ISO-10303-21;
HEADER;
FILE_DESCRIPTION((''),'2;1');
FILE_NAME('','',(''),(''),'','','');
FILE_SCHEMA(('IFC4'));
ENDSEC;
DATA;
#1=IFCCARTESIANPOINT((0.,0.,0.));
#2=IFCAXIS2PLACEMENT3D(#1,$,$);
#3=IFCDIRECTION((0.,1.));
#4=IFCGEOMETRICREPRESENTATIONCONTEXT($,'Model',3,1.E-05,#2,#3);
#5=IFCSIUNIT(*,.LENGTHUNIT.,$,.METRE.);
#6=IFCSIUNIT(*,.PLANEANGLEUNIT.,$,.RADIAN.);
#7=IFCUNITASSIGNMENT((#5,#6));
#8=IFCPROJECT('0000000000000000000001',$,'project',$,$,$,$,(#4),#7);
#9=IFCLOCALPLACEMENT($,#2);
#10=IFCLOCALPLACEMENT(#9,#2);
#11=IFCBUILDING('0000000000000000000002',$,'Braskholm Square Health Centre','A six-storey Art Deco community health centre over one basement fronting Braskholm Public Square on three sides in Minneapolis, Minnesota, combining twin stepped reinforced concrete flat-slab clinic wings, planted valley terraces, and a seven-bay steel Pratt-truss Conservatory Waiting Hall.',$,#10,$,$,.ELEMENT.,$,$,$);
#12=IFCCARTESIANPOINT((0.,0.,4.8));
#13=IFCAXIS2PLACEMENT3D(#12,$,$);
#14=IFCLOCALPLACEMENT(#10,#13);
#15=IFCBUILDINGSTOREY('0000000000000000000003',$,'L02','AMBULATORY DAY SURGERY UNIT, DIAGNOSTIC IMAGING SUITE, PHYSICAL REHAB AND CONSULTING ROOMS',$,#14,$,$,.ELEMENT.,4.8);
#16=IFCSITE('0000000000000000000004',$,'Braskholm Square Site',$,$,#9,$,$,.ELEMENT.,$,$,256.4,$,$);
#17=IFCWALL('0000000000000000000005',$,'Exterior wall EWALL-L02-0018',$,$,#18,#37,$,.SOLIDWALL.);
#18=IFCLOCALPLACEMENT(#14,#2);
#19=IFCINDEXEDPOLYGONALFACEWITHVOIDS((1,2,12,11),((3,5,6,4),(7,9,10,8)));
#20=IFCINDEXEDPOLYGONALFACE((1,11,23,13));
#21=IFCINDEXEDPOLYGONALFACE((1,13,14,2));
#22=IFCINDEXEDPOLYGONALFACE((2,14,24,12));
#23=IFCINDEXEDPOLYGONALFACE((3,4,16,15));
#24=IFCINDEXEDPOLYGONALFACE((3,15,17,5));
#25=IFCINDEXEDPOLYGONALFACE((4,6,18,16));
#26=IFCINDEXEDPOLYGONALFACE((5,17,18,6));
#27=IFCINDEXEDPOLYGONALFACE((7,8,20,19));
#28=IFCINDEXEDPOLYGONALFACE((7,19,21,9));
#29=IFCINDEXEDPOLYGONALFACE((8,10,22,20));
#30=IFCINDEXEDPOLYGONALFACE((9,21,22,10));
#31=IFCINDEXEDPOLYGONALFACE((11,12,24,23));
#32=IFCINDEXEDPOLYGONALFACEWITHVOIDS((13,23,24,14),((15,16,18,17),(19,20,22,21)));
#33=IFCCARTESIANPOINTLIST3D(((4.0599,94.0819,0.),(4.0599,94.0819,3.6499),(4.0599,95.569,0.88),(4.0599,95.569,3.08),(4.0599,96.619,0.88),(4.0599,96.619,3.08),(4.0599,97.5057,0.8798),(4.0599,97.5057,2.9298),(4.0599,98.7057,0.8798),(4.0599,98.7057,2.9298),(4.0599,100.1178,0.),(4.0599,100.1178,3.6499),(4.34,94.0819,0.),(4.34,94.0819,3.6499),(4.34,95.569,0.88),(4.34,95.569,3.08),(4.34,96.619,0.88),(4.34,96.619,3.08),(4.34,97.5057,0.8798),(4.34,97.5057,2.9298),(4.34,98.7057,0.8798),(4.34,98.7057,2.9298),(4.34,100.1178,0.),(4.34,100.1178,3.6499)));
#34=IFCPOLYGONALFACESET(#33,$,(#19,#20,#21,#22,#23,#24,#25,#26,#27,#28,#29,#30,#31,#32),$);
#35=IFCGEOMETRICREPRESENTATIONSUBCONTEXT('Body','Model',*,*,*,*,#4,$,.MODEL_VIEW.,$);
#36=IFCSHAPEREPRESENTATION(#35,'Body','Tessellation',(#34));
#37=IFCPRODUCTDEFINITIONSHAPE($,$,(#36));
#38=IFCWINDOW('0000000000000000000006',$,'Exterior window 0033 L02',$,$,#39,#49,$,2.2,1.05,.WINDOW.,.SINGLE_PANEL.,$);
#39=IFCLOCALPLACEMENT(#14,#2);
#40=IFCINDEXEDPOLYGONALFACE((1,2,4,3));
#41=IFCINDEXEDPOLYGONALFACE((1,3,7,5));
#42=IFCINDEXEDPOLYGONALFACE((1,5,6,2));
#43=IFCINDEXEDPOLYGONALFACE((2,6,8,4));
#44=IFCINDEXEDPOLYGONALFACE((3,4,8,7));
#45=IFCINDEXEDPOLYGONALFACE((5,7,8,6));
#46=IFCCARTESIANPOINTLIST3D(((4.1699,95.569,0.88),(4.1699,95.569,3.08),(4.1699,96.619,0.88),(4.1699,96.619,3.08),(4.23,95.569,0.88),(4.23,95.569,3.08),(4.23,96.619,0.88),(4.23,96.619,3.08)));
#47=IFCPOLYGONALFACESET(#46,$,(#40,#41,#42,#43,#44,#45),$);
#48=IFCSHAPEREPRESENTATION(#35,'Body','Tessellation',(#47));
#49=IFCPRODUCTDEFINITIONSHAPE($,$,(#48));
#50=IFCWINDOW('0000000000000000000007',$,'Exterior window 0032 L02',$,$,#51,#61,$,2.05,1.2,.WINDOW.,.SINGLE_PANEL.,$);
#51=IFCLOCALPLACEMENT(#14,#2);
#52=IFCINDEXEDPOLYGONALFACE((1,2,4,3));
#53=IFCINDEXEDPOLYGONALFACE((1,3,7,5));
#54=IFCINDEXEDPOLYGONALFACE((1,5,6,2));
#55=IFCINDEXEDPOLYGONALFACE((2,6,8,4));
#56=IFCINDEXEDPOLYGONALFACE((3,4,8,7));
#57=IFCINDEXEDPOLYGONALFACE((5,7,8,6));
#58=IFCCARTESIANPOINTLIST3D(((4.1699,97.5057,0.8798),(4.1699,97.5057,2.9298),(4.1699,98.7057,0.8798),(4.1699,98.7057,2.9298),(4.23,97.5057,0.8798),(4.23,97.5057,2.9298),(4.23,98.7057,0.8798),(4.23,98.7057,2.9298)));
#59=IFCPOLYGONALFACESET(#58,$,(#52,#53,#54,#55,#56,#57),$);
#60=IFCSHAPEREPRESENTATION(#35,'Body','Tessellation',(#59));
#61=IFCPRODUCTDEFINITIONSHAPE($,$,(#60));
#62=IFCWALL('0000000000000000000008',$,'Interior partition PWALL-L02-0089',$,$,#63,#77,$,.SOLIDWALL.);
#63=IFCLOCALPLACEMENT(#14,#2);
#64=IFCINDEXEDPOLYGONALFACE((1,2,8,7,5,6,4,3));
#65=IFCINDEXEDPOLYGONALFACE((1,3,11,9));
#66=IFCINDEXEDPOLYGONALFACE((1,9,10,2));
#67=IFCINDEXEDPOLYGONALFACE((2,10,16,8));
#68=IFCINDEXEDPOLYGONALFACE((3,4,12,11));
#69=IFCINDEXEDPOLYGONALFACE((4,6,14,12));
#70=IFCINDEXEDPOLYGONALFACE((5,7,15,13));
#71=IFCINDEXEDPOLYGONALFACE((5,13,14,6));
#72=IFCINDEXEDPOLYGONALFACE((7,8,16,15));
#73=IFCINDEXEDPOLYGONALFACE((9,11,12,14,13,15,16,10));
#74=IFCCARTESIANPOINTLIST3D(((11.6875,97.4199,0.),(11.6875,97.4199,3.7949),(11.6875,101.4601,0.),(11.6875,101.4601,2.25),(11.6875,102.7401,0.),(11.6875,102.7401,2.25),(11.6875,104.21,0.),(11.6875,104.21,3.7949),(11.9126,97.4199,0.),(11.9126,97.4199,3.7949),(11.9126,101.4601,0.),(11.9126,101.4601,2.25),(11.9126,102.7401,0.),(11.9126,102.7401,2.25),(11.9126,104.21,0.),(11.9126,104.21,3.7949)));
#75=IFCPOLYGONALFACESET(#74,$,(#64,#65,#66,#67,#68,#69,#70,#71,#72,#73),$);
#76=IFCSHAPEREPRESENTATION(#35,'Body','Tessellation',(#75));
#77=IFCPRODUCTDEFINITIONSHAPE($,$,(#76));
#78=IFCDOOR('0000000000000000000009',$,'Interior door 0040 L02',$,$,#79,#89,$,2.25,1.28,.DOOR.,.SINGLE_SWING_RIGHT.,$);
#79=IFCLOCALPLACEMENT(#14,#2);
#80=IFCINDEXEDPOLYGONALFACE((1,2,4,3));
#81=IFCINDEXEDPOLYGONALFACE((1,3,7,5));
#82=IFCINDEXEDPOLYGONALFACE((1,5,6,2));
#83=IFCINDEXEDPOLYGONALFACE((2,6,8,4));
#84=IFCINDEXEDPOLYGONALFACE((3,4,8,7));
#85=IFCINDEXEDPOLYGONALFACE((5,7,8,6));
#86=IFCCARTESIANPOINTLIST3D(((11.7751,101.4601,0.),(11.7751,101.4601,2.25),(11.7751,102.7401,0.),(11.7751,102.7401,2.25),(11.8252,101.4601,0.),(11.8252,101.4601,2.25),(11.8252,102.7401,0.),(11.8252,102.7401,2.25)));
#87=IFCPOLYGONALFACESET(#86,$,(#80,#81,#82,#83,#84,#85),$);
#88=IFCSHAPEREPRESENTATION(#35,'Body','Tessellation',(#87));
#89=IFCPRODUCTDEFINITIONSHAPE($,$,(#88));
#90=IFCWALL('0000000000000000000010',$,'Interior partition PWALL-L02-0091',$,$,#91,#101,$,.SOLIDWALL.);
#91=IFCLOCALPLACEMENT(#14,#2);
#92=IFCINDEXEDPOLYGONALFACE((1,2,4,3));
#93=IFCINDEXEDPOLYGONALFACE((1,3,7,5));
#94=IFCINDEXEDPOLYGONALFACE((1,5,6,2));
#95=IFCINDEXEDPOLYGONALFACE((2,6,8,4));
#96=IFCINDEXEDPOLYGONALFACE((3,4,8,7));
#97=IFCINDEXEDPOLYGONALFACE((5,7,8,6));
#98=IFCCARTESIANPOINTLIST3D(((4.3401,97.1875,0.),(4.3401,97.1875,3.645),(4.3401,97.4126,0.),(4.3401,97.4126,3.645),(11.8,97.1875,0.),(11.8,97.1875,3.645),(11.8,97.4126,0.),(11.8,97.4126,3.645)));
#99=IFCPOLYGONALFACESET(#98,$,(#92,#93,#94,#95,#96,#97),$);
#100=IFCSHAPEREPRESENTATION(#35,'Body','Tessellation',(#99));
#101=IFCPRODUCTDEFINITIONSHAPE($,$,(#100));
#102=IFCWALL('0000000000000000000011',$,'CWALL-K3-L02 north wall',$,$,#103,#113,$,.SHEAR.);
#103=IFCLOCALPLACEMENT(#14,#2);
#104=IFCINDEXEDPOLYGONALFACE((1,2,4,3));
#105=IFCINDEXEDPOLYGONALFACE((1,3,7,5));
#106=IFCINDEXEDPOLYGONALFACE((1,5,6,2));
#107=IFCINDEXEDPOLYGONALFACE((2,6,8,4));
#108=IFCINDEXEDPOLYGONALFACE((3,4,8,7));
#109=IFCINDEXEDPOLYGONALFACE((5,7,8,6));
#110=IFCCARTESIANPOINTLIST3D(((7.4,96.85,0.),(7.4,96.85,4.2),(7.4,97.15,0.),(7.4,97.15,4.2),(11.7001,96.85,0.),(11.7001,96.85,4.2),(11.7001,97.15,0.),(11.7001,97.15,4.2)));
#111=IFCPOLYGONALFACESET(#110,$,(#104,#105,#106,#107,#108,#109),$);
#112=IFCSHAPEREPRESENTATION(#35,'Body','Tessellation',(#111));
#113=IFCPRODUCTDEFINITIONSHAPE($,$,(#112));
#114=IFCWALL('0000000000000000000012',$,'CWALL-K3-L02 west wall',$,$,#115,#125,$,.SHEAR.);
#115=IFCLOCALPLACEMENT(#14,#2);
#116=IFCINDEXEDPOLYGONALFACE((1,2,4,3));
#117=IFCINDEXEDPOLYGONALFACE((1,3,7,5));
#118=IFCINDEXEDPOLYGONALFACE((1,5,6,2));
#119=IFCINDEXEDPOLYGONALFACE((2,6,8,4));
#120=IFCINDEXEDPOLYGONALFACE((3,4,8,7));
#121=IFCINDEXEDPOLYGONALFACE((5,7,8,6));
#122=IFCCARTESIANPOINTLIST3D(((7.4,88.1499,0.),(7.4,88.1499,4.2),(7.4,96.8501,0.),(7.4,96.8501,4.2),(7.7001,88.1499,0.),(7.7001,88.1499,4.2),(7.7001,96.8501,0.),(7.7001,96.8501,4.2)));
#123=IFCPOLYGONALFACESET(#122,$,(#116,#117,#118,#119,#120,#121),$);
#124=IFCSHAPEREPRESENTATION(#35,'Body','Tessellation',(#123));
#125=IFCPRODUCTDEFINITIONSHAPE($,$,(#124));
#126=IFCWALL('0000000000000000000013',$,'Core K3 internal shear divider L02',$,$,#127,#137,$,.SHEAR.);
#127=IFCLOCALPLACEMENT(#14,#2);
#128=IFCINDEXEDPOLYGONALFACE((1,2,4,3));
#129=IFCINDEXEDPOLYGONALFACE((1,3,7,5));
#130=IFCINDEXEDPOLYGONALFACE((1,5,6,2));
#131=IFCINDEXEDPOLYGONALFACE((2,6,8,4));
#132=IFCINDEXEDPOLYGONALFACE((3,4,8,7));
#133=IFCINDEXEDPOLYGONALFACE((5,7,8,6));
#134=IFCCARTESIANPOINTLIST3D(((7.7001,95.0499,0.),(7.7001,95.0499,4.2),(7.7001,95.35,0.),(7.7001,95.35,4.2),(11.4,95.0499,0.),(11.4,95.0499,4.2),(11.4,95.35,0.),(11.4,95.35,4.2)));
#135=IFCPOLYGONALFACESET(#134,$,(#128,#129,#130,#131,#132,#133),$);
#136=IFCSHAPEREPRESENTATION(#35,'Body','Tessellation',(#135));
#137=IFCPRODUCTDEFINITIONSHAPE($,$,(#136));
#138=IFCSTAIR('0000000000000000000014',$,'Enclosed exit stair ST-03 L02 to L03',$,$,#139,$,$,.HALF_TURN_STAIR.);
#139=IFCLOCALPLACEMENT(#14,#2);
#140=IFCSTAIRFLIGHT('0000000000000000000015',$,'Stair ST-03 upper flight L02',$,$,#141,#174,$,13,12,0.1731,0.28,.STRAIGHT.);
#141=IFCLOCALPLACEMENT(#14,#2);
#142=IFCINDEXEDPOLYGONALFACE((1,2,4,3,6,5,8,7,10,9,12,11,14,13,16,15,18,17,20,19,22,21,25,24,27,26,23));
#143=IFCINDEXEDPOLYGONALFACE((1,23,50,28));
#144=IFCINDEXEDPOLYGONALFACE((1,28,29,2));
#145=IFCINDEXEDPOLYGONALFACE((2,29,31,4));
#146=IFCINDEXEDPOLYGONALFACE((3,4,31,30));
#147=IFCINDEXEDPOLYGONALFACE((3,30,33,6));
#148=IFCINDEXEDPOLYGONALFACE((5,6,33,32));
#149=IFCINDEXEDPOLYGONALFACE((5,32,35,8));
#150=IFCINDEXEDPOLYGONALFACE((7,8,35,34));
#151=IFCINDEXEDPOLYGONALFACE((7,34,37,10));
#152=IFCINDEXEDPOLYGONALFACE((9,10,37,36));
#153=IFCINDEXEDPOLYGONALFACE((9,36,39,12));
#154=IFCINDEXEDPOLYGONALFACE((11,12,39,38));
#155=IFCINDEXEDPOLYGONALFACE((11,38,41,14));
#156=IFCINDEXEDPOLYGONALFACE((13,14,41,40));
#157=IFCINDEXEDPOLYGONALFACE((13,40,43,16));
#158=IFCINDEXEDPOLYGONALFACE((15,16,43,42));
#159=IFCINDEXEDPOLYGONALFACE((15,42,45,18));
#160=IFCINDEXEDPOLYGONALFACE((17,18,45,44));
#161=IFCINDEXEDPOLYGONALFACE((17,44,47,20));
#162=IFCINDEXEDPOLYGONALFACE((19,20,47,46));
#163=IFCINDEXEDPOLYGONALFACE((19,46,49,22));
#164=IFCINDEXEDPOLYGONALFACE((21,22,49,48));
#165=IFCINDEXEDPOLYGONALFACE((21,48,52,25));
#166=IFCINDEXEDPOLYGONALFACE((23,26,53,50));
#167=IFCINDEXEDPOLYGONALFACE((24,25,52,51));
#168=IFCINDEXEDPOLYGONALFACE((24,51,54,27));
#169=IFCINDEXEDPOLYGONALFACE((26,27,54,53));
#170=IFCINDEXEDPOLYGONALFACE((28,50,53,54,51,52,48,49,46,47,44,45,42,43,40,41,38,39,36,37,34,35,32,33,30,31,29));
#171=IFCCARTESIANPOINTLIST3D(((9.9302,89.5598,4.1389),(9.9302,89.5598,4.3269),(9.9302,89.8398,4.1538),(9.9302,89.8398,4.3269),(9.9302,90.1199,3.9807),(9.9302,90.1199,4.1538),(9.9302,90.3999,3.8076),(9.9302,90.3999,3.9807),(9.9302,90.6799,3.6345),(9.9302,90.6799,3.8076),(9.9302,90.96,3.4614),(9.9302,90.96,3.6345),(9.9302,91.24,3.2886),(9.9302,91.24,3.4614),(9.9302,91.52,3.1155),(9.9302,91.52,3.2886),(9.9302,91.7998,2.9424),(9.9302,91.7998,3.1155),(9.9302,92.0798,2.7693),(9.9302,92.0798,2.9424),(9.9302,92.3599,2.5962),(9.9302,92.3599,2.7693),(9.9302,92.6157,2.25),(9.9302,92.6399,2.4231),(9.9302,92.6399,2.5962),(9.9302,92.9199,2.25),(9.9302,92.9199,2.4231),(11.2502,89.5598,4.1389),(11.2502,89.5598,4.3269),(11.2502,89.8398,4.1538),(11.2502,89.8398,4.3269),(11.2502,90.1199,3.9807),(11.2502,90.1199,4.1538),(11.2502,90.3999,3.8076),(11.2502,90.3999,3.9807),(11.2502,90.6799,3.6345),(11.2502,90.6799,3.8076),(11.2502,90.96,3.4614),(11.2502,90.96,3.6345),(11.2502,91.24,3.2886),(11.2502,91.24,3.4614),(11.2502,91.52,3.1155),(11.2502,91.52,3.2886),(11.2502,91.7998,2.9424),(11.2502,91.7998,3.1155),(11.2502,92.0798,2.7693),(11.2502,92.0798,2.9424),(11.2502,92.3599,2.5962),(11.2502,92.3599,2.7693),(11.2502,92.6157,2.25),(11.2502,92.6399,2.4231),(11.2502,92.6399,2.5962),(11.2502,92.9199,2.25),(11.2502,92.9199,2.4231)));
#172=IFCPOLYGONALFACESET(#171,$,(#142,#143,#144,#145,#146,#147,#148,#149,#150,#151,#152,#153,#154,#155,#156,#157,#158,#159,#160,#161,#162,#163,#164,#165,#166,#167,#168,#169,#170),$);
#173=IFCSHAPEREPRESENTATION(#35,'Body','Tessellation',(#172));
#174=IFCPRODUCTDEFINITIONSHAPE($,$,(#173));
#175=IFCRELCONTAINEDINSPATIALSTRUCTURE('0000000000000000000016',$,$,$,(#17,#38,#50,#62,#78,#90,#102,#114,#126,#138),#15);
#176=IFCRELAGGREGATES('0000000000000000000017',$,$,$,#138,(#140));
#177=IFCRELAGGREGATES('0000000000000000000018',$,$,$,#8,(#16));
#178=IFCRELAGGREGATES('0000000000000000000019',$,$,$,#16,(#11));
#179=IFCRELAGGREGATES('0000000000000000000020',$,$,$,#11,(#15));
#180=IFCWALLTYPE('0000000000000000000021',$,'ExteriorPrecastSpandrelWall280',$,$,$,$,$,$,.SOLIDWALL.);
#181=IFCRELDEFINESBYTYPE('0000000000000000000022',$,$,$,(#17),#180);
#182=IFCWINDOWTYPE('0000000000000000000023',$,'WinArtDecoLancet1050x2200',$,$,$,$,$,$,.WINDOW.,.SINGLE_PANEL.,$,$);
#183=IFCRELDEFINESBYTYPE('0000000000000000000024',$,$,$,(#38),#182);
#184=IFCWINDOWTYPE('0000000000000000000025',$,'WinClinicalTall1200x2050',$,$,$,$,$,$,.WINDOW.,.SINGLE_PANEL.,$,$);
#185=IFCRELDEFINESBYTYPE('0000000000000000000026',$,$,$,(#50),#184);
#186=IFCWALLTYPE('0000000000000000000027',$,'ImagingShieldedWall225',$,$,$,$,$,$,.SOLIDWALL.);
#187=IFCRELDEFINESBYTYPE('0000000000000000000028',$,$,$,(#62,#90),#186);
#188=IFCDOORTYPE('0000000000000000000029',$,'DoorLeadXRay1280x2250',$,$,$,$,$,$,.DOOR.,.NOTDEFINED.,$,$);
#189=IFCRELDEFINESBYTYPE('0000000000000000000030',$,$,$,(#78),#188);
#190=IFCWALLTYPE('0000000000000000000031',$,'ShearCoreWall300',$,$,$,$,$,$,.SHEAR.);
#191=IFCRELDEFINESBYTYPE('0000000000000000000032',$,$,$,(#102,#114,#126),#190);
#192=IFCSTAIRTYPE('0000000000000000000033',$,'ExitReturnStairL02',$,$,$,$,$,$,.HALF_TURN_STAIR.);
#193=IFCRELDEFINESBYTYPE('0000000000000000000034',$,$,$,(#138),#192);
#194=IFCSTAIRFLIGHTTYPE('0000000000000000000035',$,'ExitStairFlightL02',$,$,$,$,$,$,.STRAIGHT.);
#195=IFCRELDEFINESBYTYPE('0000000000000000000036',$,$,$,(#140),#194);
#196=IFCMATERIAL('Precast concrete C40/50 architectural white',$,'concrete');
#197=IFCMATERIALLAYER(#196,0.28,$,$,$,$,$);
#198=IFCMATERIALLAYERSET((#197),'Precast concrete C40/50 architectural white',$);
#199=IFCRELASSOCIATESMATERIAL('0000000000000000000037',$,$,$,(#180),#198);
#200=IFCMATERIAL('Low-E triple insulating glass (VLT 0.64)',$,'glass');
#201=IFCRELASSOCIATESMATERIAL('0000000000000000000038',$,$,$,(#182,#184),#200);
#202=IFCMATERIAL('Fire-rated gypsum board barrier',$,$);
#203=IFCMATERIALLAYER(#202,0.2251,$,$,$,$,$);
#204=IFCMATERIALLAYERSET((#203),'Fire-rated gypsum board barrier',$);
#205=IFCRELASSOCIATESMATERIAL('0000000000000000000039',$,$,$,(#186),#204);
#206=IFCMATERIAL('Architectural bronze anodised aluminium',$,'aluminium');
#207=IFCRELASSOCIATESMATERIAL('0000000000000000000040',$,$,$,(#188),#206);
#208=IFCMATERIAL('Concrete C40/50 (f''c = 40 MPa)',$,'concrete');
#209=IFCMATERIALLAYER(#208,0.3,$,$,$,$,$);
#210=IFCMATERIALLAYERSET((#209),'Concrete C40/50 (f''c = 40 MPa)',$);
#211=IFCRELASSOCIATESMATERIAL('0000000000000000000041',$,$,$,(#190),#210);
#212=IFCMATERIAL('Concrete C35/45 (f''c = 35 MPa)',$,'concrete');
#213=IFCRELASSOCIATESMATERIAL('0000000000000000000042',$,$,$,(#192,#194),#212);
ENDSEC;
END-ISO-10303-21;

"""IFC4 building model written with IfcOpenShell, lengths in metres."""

from ifc_helpers import new_model, si_unit, direction, frame, frame_2d, origin, origin_with_axes, place, context, subcontext, project, spatial, polyline, rectangle, outline, extrude, material, layer, layer_set, type_object, element, fill, aggregate, save


model = new_model("IFC4")

# Units and contexts
model_context = context("Model", 3, precision=1e-05, world=origin(), true_north=direction((0.0, 1.0)))
body_context = subcontext(model_context, "Body", "Model", "MODEL_VIEW")
ifc_project = project(units=[si_unit("LENGTHUNIT", "METRE"), si_unit("PLANEANGLEUNIT", "RADIAN")], contexts=[model_context])

# Site, building, storey
site_placement = place(None, origin())
site = spatial("IfcSite", under=ifc_project, at=site_placement, Name="Braskholm Square Site", CompositionType="ELEMENT", RefElevation=256.4)
building_placement = place(site_placement, origin())
building = spatial("IfcBuilding", under=site, at=building_placement, Name="Braskholm Square Health Centre", Description="A six-storey Art Deco community health centre over one basement fronting Braskholm Public Square on three sides in Minneapolis, Minnesota, combining twin stepped reinforced concrete flat-slab clinic wings, planted valley terraces, and a seven-bay steel Pratt-truss Conservatory Waiting Hall.", CompositionType="ELEMENT")
storey_placement = place(building_placement, frame((0.0, 0.0, 4.8)))
storey = spatial("IfcBuildingStorey", under=building, at=storey_placement, Name="L02", Description="AMBULATORY DAY SURGERY UNIT, DIAGNOSTIC IMAGING SUITE, PHYSICAL REHAB AND CONSULTING ROOMS", CompositionType="ELEMENT", Elevation=4.8)

# Shared definitions
ifc_material_1 = material(Name="Precast concrete C40/50 architectural white", Category="concrete")

# Shared definitions
ifc_material_2 = material(Name="Low-E triple insulating glass (VLT 0.64)", Category="glass")
ifc_material_3 = material(Name="Architectural bronze anodised aluminium", Category="aluminium")

# Shared definitions
ifc_material_4 = material(Name="Concrete C35/45 (f'c = 35 MPa)", Category="concrete")
ifc_material_5 = material(Name="Concrete C40/50 (f'c = 40 MPa)", Category="concrete")

# Wall, openings, windows
ifc_layer_1 = layer(ifc_material_1, 0.28)
ifc_layer_set_1 = layer_set([ifc_layer_1], Name="Precast concrete C40/50 architectural white")
wall_type_1 = type_object("IfcWallType", Name="ExteriorPrecastSpandrelWall280", PredefinedType="SOLIDWALL", material=ifc_layer_set_1)
wall_1_placement = place(storey_placement, frame((4.2, 100.1179, 0.0), z_axis=(0.0, 0.0, 1.0), x_axis=(0.0, -1.0, 0.0)))
wall_1 = element("IfcWall", 1, at=wall_1_placement, inside=storey, type_object=wall_type_1, Name="Exterior wall EWALL-L02-0018", PredefinedType="SOLIDWALL", context=body_context, shape_type="SweptSolid", body=[
    extrude(rectangle(XDim=6.0359, YDim=0.28, at=frame_2d((3.0181, 0.0))), origin(), (0.0, 0.0, 1.0), 3.6499),
])
opening_1_placement = place(wall_1_placement, frame((1.4121, 0.0, 0.8799)))
opening_1 = element("IfcOpeningElement", 2, at=opening_1_placement, cuts=wall_1, PredefinedType="OPENING", context=body_context, shape_type="SweptSolid", body=[
    extrude(rectangle(XDim=1.2, YDim=2.05, at=frame_2d((0.6001, 1.0249))), frame((0.0, 0.1499, 0.0), z_axis=(0.0, -1.0, 0.0), x_axis=(1.0, 0.0, 0.0)), (0.0, 0.0, 1.0), 0.3),
])
opening_2_placement = place(wall_1_placement, frame((3.499, 0.0, 0.8799)))
opening_2 = element("IfcOpeningElement", 3, at=opening_2_placement, cuts=wall_1, PredefinedType="OPENING", context=body_context, shape_type="SweptSolid", body=[
    extrude(rectangle(XDim=1.05, YDim=2.2, at=frame_2d((0.5249, 1.1001))), frame((0.0, 0.1499, 0.0), z_axis=(0.0, -1.0, 0.0), x_axis=(1.0, 0.0, 0.0)), (0.0, 0.0, 1.0), 0.3),
])
window_type_1 = type_object("IfcWindowType", Name="WinArtDecoLancet1050x2200", PartitioningType="SINGLE_PANEL", PredefinedType="WINDOW", material=ifc_material_2)
window_1_placement = place(opening_2_placement, origin_with_axes())
window_1 = element("IfcWindow", 4, at=window_1_placement, inside=storey, type_object=window_type_1, Name="Exterior window 0033 L02", OverallHeight=2.2, OverallWidth=1.05, PartitioningType="SINGLE_PANEL", PredefinedType="WINDOW", context=body_context, shape_type="SweptSolid", body=[
    extrude(rectangle(XDim=1.05, YDim=2.2, at=frame_2d((0.5249, 1.1001))), frame((0.0, 0.03, 0.0), z_axis=(0.0, -1.0, 0.0), x_axis=(1.0, 0.0, 0.0)), (0.0, 0.0, 1.0), 0.0601),
])
fill(opening_2, window_1)
window_type_2 = type_object("IfcWindowType", Name="WinClinicalTall1200x2050", PartitioningType="SINGLE_PANEL", PredefinedType="WINDOW", material=ifc_material_2)
window_2_placement = place(opening_1_placement, origin_with_axes())
window_2 = element("IfcWindow", 5, at=window_2_placement, inside=storey, type_object=window_type_2, Name="Exterior window 0032 L02", OverallHeight=2.05, OverallWidth=1.2, PartitioningType="SINGLE_PANEL", PredefinedType="WINDOW", context=body_context, shape_type="SweptSolid", body=[
    extrude(rectangle(XDim=1.2, YDim=2.05, at=frame_2d((0.6001, 1.0249))), frame((0.0, 0.03, 0.0), z_axis=(0.0, -1.0, 0.0), x_axis=(1.0, 0.0, 0.0)), (0.0, 0.0, 1.0), 0.0601),
])
fill(opening_1, window_2)

# Wall, opening, door
ifc_material_6 = material(Name="Fire-rated gypsum board barrier")
ifc_layer_2 = layer(ifc_material_6, 0.2251)
ifc_layer_set_2 = layer_set([ifc_layer_2], Name="Fire-rated gypsum board barrier")
wall_type_2 = type_object("IfcWallType", Name="ImagingShieldedWall225", PredefinedType="SOLIDWALL", material=ifc_layer_set_2)
wall_2_placement = place(storey_placement, frame((11.8, 97.4199, 0.0), z_axis=(0.0, 0.0, 1.0), x_axis=(0.0, 1.0, 0.0)))
wall_2 = element("IfcWall", 6, at=wall_2_placement, inside=storey, type_object=wall_type_2, Name="Interior partition PWALL-L02-0089", PredefinedType="SOLIDWALL", context=body_context, shape_type="SweptSolid", body=[
    extrude(rectangle(XDim=6.79, YDim=0.2251, at=frame_2d((3.395, 0.0))), origin(), (0.0, 0.0, 1.0), 3.7949),
])
opening_3_placement = place(wall_2_placement, frame((4.04, 0.0, 0.0)))
opening_3 = element("IfcOpeningElement", 7, at=opening_3_placement, cuts=wall_2, PredefinedType="OPENING", context=body_context, shape_type="SweptSolid", body=[
    extrude(rectangle(XDim=1.28, YDim=2.25, at=frame_2d((0.6401, 1.125))), frame((0.0, 0.1226, 0.0), z_axis=(0.0, -1.0, 0.0), x_axis=(1.0, 0.0, 0.0)), (0.0, 0.0, 1.0), 0.2451),
])
door_type_1 = type_object("IfcDoorType", Name="DoorLeadXRay1280x2250", OperationType="NOTDEFINED", PredefinedType="DOOR", material=ifc_material_3)
door_1_placement = place(opening_3_placement, origin_with_axes())
door_1 = element("IfcDoor", 8, at=door_1_placement, inside=storey, type_object=door_type_1, Name="Interior door 0040 L02", OperationType="SINGLE_SWING_RIGHT", OverallHeight=2.25, OverallWidth=1.28, PredefinedType="DOOR", context=body_context, shape_type="SweptSolid", body=[
    extrude(rectangle(XDim=1.28, YDim=2.25, at=frame_2d((0.6401, 1.125))), frame((0.0, 0.0249, 0.0), z_axis=(0.0, -1.0, 0.0), x_axis=(1.0, 0.0, 0.0)), (0.0, 0.0, 1.0), 0.05),
])
fill(opening_3, door_1)

# Walls
wall_3_placement = place(storey_placement, frame((4.3401, 97.3, 0.0), z_axis=(0.0, 0.0, 1.0), x_axis=(1.0, 0.0, 0.0)))
element("IfcWall", 9, at=wall_3_placement, inside=storey, type_object=wall_type_2, Name="Interior partition PWALL-L02-0091", PredefinedType="SOLIDWALL", context=body_context, shape_type="SweptSolid", body=[
    extrude(rectangle(XDim=7.46, YDim=0.2251, at=frame_2d((3.73, 0.0))), origin(), (0.0, 0.0, 1.0), 3.645),
])
ifc_layer_3 = layer(ifc_material_5, 0.3)
ifc_layer_set_3 = layer_set([ifc_layer_3], Name="Concrete C40/50 (f'c = 40 MPa)")
wall_type_3 = type_object("IfcWallType", Name="ShearCoreWall300", PredefinedType="SHEAR", material=ifc_layer_set_3)
wall_4_placement = place(storey_placement, frame((11.7, 97.0, 0.0), z_axis=(0.0, 0.0, 1.0), x_axis=(-1.0, 0.0, 0.0)))
element("IfcWall", 10, at=wall_4_placement, inside=storey, type_object=wall_type_3, Name="CWALL-K3-L02 north wall", PredefinedType="SHEAR", context=body_context, shape_type="SweptSolid", body=[
    extrude(rectangle(XDim=4.3, YDim=0.3, at=frame_2d((2.1499, 0.0))), origin(), (0.0, 0.0, 1.0), 4.2),
])
wall_5_placement = place(storey_placement, frame((7.55, 96.8501, 0.0), z_axis=(0.0, 0.0, 1.0), x_axis=(0.0, -1.0, 0.0)))
element("IfcWall", 11, at=wall_5_placement, inside=storey, type_object=wall_type_3, Name="CWALL-K3-L02 west wall", PredefinedType="SHEAR", context=body_context, shape_type="SweptSolid", body=[
    extrude(rectangle(XDim=8.7002, YDim=0.3, at=frame_2d((4.3501, 0.0))), origin(), (0.0, 0.0, 1.0), 4.2),
])
wall_6_placement = place(storey_placement, frame((7.7, 95.2, 0.0), z_axis=(0.0, 0.0, 1.0), x_axis=(1.0, 0.0, 0.0)))
element("IfcWall", 12, at=wall_6_placement, inside=storey, type_object=wall_type_3, Name="Core K3 internal shear divider L02", PredefinedType="SHEAR", context=body_context, shape_type="SweptSolid", body=[
    extrude(rectangle(XDim=3.7, YDim=0.3, at=frame_2d((1.8501, 0.0))), origin(), (0.0, 0.0, 1.0), 4.2),
])

# Stair, stair flight
stair_type = type_object("IfcStairType", Name="ExitReturnStairL02", PredefinedType="HALF_TURN_STAIR", material=ifc_material_4)
stair_placement = place(storey_placement, origin())
stair = element("IfcStair", 13, at=stair_placement, inside=storey, type_object=stair_type, Name="Enclosed exit stair ST-03 L02 to L03", PredefinedType="HALF_TURN_STAIR")
stair_flight_type = type_object("IfcStairFlightType", Name="ExitStairFlightL02", PredefinedType="STRAIGHT", material=ifc_material_4)
stair_flight_placement = place(storey_placement, frame((10.5901, 92.9199, 2.25), z_axis=(0.0, 0.0, 1.0), x_axis=(0.0, -1.0, 0.0)))
stair_flight = element("IfcStairFlight", 14, at=stair_flight_placement, type_object=stair_flight_type, Name="Stair ST-03 upper flight L02", NumberOfRisers=13, NumberOfTreads=12, PredefinedType="STRAIGHT", RiserHeight=0.1731, TreadLength=0.28, context=body_context, shape_type="SweptSolid", body=[
    extrude(outline(polyline([(0.0, 0.0), (0.0, 0.1731), (0.28, 0.1731), (0.28, 0.3462), (0.5601, 0.3462), (0.5601, 0.5193), (0.8401, 0.5193), (0.8401, 0.6924), (1.1201, 0.6924), (1.1201, 0.8655), (1.3999, 0.8655), (1.3999, 1.0386), (1.6799, 1.0386), (1.6799, 1.2114), (1.96, 1.2114), (1.96, 1.3845), (2.24, 1.3845), (2.24, 1.5576), (2.52, 1.5576), (2.52, 1.7307), (2.8, 1.7307), (2.8, 1.9038), (3.0801, 1.9038), (3.0801, 2.0769), (3.3601, 2.0769), (3.3601, 2.25), (3.3601, 1.8889), (0.3042, 0.0), (0.0, 0.0)])), frame((0.0, 0.6602, 0.0), z_axis=(0.0, -1.0, 0.0), x_axis=(1.0, 0.0, 0.0)), (0.0, 0.0, 1.0), 1.3201),
])
aggregate(stair, [stair_flight])

save(model, "model.ifc")
